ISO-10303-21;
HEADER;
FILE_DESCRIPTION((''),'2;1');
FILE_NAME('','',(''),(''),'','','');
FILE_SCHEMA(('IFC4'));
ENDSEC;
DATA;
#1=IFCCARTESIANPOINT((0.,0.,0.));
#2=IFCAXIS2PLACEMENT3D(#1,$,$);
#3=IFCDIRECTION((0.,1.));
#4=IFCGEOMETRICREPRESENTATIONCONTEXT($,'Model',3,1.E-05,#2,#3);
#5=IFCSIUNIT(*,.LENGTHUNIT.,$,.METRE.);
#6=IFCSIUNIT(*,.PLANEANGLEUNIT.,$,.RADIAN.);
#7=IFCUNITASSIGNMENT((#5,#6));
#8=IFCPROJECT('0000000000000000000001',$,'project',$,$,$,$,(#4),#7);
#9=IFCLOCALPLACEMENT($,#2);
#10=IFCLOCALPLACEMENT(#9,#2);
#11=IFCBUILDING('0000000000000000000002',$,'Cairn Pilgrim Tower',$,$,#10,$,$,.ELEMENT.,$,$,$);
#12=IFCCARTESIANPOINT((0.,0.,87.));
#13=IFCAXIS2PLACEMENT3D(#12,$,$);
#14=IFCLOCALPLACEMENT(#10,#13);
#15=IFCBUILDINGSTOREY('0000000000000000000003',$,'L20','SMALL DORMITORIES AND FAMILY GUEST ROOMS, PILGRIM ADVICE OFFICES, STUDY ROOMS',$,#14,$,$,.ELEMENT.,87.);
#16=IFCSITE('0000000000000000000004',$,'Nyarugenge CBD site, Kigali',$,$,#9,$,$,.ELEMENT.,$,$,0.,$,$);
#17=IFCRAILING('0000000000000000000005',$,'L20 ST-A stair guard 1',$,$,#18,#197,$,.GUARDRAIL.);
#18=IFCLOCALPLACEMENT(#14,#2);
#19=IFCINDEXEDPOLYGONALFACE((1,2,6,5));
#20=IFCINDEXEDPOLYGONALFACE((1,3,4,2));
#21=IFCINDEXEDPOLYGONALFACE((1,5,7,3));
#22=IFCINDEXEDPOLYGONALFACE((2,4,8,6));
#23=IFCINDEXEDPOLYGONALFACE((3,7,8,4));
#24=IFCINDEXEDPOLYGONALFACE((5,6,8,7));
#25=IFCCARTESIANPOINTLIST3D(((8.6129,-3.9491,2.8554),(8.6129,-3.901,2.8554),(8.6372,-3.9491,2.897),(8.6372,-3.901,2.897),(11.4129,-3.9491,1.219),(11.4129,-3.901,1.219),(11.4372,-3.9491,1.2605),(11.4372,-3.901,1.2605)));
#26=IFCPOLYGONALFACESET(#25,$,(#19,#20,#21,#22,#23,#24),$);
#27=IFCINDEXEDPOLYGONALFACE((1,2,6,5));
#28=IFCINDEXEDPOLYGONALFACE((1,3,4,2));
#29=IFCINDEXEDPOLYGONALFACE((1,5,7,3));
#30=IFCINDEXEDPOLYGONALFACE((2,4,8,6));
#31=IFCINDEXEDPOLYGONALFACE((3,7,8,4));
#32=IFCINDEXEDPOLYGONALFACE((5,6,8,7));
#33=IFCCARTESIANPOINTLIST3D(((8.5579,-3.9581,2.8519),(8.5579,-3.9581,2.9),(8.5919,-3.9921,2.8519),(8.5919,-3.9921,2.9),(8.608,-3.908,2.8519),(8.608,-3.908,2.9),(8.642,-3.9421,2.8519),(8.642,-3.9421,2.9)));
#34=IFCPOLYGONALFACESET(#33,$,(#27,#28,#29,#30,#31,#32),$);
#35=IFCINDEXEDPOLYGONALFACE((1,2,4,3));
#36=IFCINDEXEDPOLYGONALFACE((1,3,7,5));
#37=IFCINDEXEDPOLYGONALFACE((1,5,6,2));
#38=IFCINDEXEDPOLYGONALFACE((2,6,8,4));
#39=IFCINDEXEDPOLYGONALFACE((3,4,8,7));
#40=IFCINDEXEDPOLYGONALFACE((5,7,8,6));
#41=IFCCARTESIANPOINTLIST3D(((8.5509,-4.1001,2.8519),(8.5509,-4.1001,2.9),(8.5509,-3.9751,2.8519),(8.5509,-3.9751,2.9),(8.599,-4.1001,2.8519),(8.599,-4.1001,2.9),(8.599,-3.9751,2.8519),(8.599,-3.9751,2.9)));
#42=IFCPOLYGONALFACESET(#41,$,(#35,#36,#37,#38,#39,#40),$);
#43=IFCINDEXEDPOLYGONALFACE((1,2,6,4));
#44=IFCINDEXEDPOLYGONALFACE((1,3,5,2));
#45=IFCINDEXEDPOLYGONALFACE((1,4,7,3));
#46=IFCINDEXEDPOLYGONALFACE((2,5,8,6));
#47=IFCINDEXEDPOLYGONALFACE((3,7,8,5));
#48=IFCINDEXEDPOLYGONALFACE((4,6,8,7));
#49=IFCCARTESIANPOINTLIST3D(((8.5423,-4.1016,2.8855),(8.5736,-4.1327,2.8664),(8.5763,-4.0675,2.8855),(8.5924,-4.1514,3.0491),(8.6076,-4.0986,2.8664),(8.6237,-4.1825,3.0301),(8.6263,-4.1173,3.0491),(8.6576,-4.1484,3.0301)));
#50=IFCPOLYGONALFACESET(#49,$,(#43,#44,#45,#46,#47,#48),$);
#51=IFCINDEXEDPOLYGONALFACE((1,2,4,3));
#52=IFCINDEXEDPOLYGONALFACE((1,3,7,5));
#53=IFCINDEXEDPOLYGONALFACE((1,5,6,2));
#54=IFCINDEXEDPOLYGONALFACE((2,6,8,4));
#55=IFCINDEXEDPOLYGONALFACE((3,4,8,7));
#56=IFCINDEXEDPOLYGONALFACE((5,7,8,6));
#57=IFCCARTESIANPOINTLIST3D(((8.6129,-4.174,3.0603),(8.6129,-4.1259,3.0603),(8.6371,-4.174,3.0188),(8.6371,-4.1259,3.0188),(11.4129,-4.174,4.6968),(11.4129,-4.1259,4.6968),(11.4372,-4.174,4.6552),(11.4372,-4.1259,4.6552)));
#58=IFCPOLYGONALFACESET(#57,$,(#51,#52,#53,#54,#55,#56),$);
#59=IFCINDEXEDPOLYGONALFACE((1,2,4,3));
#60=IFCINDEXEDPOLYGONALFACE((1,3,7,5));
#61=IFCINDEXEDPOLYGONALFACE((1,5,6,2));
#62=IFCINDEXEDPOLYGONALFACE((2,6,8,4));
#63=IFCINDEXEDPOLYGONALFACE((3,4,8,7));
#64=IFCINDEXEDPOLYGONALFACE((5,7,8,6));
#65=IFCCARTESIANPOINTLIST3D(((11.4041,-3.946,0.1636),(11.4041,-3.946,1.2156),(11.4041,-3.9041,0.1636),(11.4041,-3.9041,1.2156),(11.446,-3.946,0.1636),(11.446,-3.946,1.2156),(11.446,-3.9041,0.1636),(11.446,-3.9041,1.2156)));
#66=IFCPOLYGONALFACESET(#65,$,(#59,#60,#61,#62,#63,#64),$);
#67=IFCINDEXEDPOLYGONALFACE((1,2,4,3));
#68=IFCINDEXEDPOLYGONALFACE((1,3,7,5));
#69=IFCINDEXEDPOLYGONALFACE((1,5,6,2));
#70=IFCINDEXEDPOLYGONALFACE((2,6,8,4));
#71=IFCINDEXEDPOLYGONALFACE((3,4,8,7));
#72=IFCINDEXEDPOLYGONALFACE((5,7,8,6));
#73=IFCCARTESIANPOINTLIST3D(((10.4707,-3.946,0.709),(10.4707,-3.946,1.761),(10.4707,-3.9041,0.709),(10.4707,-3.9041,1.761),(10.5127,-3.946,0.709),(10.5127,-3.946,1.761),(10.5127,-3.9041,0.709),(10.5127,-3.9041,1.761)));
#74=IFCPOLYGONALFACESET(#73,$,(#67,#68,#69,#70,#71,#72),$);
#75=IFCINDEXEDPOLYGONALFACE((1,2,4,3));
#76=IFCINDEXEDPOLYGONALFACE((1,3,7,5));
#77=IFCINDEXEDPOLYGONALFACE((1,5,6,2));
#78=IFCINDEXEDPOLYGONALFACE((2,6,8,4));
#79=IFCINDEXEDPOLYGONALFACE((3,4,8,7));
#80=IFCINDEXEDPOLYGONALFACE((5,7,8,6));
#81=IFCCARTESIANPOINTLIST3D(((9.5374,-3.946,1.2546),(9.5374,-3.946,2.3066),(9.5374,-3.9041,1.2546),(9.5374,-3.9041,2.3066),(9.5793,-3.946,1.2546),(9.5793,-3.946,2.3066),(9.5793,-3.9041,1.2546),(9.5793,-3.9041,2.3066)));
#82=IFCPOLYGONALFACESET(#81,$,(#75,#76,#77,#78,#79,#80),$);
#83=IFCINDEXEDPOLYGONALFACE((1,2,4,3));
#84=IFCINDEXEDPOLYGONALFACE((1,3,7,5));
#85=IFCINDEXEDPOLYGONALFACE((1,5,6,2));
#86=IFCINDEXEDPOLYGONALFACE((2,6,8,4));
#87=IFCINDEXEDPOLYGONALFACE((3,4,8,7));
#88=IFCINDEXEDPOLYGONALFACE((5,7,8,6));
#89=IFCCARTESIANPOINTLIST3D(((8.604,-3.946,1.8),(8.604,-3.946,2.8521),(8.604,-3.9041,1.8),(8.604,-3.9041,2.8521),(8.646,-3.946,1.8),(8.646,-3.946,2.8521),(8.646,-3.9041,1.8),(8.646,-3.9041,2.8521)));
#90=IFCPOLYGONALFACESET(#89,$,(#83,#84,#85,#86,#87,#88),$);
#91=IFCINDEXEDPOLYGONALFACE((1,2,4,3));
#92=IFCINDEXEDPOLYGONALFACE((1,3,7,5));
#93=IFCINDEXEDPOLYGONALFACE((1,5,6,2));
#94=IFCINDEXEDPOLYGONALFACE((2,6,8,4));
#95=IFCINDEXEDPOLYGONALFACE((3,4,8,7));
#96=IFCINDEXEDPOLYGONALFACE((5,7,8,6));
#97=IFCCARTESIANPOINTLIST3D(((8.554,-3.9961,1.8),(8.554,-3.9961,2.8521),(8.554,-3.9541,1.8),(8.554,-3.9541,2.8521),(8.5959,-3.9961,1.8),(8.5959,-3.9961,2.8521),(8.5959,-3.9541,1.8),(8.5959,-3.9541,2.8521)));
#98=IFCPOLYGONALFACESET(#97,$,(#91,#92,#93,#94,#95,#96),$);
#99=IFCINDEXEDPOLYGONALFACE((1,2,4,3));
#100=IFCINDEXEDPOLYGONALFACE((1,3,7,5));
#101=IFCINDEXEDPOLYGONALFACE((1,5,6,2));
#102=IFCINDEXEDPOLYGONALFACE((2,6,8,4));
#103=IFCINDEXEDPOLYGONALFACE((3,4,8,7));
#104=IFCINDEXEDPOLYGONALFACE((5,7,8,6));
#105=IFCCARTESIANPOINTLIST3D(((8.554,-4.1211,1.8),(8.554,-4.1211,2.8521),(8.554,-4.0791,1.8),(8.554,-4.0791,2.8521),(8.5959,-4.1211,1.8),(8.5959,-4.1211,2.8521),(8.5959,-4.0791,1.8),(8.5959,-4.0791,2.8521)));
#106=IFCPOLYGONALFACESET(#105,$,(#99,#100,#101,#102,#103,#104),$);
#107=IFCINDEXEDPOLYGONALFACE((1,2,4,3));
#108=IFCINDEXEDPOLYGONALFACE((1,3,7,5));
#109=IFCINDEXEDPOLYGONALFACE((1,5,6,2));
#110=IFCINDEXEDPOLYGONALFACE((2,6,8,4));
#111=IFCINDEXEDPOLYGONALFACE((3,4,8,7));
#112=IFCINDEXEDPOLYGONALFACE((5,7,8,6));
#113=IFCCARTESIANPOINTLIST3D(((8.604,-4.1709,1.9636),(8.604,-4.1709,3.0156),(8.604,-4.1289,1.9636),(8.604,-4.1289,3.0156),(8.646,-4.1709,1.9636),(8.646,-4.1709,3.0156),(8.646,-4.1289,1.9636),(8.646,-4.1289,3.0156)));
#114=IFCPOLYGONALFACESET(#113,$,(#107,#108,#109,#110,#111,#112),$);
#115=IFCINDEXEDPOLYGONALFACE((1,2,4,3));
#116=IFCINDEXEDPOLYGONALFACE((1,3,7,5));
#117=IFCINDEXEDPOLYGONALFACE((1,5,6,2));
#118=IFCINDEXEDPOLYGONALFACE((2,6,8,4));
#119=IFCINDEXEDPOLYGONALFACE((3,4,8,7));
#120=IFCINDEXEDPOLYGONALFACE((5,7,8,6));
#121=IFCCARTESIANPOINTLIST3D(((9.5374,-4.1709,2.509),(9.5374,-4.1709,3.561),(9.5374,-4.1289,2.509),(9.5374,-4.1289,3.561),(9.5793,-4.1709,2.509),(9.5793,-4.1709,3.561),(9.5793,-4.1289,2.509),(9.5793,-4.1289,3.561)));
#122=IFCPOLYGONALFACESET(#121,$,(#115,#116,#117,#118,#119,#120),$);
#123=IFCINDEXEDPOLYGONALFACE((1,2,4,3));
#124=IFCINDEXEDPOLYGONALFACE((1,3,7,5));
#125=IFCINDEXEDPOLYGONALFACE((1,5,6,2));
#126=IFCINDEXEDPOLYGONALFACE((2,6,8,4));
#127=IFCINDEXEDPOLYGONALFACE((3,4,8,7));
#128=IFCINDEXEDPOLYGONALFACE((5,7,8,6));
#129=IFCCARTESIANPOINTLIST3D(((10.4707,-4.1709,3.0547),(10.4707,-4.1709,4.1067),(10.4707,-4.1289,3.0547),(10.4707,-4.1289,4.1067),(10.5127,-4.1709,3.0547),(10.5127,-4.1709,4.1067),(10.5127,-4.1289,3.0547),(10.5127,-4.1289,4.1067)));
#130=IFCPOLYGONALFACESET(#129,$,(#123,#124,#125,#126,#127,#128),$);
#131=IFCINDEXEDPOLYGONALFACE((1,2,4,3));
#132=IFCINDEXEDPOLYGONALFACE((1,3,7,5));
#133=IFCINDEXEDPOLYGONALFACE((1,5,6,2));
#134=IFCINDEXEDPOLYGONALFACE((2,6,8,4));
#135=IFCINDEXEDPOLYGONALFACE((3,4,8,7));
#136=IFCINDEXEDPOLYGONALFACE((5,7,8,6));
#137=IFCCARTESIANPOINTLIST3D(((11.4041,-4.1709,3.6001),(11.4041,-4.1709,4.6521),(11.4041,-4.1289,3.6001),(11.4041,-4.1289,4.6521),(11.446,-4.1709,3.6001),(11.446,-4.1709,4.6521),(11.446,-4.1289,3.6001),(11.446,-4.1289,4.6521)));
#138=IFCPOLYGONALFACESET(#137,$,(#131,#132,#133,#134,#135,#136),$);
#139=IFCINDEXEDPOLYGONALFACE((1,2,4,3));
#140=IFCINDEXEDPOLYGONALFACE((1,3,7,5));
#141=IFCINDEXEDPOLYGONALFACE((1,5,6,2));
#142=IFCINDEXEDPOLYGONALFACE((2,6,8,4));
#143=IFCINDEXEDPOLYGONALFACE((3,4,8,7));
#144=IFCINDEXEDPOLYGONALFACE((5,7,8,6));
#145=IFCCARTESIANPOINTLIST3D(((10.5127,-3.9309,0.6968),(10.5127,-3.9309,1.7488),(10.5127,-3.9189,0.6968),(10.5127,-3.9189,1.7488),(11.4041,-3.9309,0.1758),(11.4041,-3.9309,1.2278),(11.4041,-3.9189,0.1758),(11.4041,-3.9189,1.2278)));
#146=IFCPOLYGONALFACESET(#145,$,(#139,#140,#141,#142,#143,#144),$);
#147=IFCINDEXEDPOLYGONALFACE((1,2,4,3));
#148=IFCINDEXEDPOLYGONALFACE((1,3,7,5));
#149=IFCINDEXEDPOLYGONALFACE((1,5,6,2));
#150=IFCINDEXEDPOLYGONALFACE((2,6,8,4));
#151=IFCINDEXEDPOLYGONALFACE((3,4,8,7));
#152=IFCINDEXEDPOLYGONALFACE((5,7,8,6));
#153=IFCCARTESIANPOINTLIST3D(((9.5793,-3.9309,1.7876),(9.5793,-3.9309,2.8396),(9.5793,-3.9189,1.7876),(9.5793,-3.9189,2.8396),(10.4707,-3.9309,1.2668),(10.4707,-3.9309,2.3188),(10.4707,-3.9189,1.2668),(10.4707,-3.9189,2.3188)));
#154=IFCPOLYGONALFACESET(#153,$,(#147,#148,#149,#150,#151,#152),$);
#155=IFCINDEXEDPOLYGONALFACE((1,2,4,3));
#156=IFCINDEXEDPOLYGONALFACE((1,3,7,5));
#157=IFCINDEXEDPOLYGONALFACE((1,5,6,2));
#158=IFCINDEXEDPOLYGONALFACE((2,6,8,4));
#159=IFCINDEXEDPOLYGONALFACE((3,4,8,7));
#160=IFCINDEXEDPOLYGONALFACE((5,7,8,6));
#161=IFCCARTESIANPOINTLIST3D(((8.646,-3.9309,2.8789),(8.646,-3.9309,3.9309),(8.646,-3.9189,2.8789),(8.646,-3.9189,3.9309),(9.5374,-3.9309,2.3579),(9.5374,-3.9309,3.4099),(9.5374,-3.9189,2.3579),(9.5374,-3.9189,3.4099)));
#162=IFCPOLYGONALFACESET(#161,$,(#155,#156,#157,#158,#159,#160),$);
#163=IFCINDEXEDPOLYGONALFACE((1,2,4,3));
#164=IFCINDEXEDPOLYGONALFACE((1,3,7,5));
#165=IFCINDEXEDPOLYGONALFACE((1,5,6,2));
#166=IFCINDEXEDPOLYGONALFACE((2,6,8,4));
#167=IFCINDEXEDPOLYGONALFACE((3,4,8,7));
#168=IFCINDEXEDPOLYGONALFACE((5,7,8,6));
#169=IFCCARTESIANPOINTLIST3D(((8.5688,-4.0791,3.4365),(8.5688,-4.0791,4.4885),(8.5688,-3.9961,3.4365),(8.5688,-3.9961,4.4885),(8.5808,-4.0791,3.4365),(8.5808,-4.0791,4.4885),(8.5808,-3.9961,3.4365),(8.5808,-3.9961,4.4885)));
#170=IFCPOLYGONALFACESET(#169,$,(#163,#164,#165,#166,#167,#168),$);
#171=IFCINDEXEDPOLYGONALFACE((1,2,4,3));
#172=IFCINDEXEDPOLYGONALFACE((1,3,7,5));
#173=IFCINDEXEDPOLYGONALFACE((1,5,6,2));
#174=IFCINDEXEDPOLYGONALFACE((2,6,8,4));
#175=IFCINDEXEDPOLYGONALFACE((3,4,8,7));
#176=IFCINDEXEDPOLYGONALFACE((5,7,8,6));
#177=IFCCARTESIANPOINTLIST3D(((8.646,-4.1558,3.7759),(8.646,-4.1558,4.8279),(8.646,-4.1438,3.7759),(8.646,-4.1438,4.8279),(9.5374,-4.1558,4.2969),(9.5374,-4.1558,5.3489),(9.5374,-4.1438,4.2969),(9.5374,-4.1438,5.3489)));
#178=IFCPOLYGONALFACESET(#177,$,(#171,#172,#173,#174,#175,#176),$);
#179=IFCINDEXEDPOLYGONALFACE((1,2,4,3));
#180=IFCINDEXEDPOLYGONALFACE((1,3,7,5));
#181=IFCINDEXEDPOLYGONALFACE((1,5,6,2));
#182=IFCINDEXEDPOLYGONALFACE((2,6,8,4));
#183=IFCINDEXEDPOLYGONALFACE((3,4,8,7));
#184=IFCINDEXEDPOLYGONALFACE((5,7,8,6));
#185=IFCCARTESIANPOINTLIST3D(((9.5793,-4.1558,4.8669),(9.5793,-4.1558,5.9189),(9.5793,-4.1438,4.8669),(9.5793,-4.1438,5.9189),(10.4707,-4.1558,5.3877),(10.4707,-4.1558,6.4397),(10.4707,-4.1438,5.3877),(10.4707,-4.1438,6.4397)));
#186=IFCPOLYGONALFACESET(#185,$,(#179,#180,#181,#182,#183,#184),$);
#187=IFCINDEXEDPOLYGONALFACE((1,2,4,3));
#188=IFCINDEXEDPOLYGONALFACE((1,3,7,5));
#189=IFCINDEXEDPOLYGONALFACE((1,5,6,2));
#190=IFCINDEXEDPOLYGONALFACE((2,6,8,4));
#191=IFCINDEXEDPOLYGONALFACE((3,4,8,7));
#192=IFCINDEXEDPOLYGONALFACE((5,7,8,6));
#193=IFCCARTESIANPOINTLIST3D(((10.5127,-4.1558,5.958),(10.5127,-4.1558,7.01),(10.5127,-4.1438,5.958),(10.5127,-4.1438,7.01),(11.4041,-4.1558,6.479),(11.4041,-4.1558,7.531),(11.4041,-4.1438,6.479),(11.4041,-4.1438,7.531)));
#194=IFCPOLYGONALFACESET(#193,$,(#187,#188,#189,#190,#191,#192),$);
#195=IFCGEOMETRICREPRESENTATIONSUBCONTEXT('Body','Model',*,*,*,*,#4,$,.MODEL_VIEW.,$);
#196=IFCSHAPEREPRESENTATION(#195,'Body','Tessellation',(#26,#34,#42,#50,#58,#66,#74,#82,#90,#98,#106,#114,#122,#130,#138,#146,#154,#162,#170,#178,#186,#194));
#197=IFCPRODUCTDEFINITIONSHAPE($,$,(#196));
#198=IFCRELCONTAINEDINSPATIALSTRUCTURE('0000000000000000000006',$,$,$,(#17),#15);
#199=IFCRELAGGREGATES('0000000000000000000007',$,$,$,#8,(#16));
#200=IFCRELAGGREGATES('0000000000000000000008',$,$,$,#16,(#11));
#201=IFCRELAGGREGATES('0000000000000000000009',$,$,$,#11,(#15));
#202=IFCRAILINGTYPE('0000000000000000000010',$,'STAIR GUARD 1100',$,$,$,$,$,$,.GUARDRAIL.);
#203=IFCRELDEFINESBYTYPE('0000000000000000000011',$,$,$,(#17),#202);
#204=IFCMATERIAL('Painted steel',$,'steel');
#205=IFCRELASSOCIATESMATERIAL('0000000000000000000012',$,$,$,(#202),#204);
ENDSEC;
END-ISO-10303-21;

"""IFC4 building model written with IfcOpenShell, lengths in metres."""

from ifc_helpers import new_model, si_unit, direction, frame, origin, origin_2d, place, context, subcontext, project, spatial, polyline, rectangle, outline, extrude, material, type_object, element, save


model = new_model("IFC4")

# Units and contexts
model_context = context("Model", 3, precision=1e-05, world=origin(), true_north=direction((0.0, 1.0)))
body_context = subcontext(model_context, "Body", "Model", "MODEL_VIEW")
ifc_project = project(units=[si_unit("LENGTHUNIT", "METRE"), si_unit("PLANEANGLEUNIT", "RADIAN")], contexts=[model_context])

# Site, building, storey
site_placement = place(None, origin())
site = spatial("IfcSite", under=ifc_project, at=site_placement, Name="Nyarugenge CBD site, Kigali", CompositionType="ELEMENT", RefElevation=0.0)
building_placement = place(site_placement, origin())
building = spatial("IfcBuilding", under=site, at=building_placement, Name="Cairn Pilgrim Tower", CompositionType="ELEMENT")
storey_placement = place(building_placement, frame((0.0, 0.0, 87.0)))
storey = spatial("IfcBuildingStorey", under=building, at=storey_placement, Name="L20", Description="SMALL DORMITORIES AND FAMILY GUEST ROOMS, PILGRIM ADVICE OFFICES, STUDY ROOMS", CompositionType="ELEMENT", Elevation=87.0)

# Shared definitions
ifc_material_1 = material(Name="Painted steel", Category="steel")

# Railing
railing_type_1 = type_object("IfcRailingType", Name="STAIR GUARD 1100", PredefinedType="GUARDRAIL", material=ifc_material_1)
railing_1_placement = place(storey_placement, frame((11.425, -3.925, 0.1636)))
element("IfcRailing", 1, at=railing_1_placement, inside=storey, type_object=railing_type_1, Name="L20 ST-A stair guard 1", PredefinedType="GUARDRAIL", context=body_context, shape_type="SweptSolid", body=[
    extrude(rectangle(XDim=0.0481, YDim=0.0481, at=origin_2d()), frame((0.0, 0.0, 1.0762), z_axis=(-0.863361, 0.0, 0.504587), x_axis=(0.0, -1.0, 0.0)), (0.0, 0.0, 1.0), 3.2432),
    extrude(rectangle(XDim=0.0481, YDim=0.0481, at=origin_2d()), frame((-2.8, 0.0, 2.7124), z_axis=(-0.707107, -0.707107, 0.0), x_axis=(0.707107, -0.707107, 0.0)), (0.0, 0.0, 1.0), 0.0708),
    extrude(rectangle(XDim=0.0481, YDim=0.0481, at=origin_2d()), frame((-2.8501, -0.05, 2.7124), z_axis=(0.0, -1.0, 0.0), x_axis=(1.0, 0.0, 0.0)), (0.0, 0.0, 1.0), 0.125),
    extrude(rectangle(XDim=0.0481, YDim=0.0481, at=origin_2d()), frame((-2.8501, -0.175, 2.7124), z_axis=(0.280917, -0.279546, 0.918118), x_axis=(0.705376, 0.708834, 0.0)), (0.0, 0.0, 1.0), 0.1782),
    extrude(rectangle(XDim=0.0481, YDim=0.0481, at=origin_2d()), frame((-2.8, -0.2249, 2.876), z_axis=(0.863361, 0.0, 0.504587), x_axis=(0.0, 1.0, 0.0)), (0.0, 0.0, 1.0), 3.2432),
    extrude(rectangle(XDim=0.042, YDim=0.042, at=origin_2d()), origin(), (0.0, 0.0, 1.0), 1.052),
    extrude(rectangle(XDim=0.042, YDim=0.042, at=origin_2d()), frame((-0.9333, 0.0, 0.5454)), (0.0, 0.0, 1.0), 1.052),
    extrude(rectangle(XDim=0.042, YDim=0.042, at=origin_2d()), frame((-1.8667, 0.0, 1.0911)), (0.0, 0.0, 1.0), 1.052),
    extrude(rectangle(XDim=0.042, YDim=0.042, at=origin_2d()), frame((-2.8, 0.0, 1.6365)), (0.0, 0.0, 1.0), 1.052),
    extrude(rectangle(XDim=0.042, YDim=0.042, at=origin_2d()), frame((-2.8501, -0.05, 1.6365)), (0.0, 0.0, 1.0), 1.052),
    extrude(rectangle(XDim=0.042, YDim=0.042, at=origin_2d()), frame((-2.8501, -0.175, 1.6365)), (0.0, 0.0, 1.0), 1.052),
    extrude(rectangle(XDim=0.042, YDim=0.042, at=origin_2d()), frame((-2.8, -0.2249, 1.8)), (0.0, 0.0, 1.0), 1.052),
    extrude(rectangle(XDim=0.042, YDim=0.042, at=origin_2d()), frame((-1.8667, -0.2249, 2.3455)), (0.0, 0.0, 1.0), 1.052),
    extrude(rectangle(XDim=0.042, YDim=0.042, at=origin_2d()), frame((-0.9333, -0.2249, 2.8911)), (0.0, 0.0, 1.0), 1.052),
    extrude(rectangle(XDim=0.042, YDim=0.042, at=origin_2d()), frame((0.0, -0.2249, 3.4365)), (0.0, 0.0, 1.0), 1.052),
    extrude(outline(polyline([(0.021, 0.0122), (0.9124, 0.5332), (0.9124, 1.5852), (0.021, 1.0642), (0.021, 0.0122)])), frame((0.0, -0.0059, 0.0), z_axis=(0.0, 1.0, 0.0), x_axis=(-1.0, 0.0, 0.0)), (0.0, 0.0, 1.0), 0.012),
    extrude(outline(polyline([(0.021, 0.5579), (0.9124, 1.0786), (0.9124, 2.1306), (0.021, 1.6099), (0.021, 0.5579)])), frame((-0.9333, -0.0059, 0.5454), z_axis=(0.0, 1.0, 0.0), x_axis=(-1.0, 0.0, 0.0)), (0.0, 0.0, 1.0), 0.012),
    extrude(outline(polyline([(0.021, 1.1033), (0.9124, 1.6243), (0.9124, 2.6763), (0.021, 2.1553), (0.021, 1.1033)])), frame((-1.8667, -0.0059, 1.0911), z_axis=(0.0, 1.0, 0.0), x_axis=(-1.0, 0.0, 0.0)), (0.0, 0.0, 1.0), 0.012),
    extrude(outline(polyline([(0.021, 1.6365), (0.104, 1.6365), (0.104, 2.6885), (0.021, 2.6885), (0.021, 1.6365)])), frame((-2.8442, -0.05, 1.6365), z_axis=(-1.0, 0.0, 0.0), x_axis=(0.0, -1.0, 0.0)), (0.0, 0.0, 1.0), 0.012),
    extrude(outline(polyline([(0.021, 1.8123), (0.9124, 2.3333), (0.9124, 3.3853), (0.021, 2.8643), (0.021, 1.8123)])), frame((-2.8, -0.2188, 1.8), z_axis=(0.0, -1.0, 0.0), x_axis=(1.0, 0.0, 0.0)), (0.0, 0.0, 1.0), 0.012),
    extrude(outline(polyline([(0.021, 2.3579), (0.9124, 2.8787), (0.9124, 3.9307), (0.021, 3.4099), (0.021, 2.3579)])), frame((-1.8667, -0.2188, 2.3455), z_axis=(0.0, -1.0, 0.0), x_axis=(1.0, 0.0, 0.0)), (0.0, 0.0, 1.0), 0.012),
    extrude(outline(polyline([(0.021, 2.9033), (0.9124, 3.4243), (0.9124, 4.4763), (0.021, 3.9553), (0.021, 2.9033)])), frame((-0.9333, -0.2188, 2.8911), z_axis=(0.0, -1.0, 0.0), x_axis=(1.0, 0.0, 0.0)), (0.0, 0.0, 1.0), 0.012),
])

save(model, "model.ifc")
